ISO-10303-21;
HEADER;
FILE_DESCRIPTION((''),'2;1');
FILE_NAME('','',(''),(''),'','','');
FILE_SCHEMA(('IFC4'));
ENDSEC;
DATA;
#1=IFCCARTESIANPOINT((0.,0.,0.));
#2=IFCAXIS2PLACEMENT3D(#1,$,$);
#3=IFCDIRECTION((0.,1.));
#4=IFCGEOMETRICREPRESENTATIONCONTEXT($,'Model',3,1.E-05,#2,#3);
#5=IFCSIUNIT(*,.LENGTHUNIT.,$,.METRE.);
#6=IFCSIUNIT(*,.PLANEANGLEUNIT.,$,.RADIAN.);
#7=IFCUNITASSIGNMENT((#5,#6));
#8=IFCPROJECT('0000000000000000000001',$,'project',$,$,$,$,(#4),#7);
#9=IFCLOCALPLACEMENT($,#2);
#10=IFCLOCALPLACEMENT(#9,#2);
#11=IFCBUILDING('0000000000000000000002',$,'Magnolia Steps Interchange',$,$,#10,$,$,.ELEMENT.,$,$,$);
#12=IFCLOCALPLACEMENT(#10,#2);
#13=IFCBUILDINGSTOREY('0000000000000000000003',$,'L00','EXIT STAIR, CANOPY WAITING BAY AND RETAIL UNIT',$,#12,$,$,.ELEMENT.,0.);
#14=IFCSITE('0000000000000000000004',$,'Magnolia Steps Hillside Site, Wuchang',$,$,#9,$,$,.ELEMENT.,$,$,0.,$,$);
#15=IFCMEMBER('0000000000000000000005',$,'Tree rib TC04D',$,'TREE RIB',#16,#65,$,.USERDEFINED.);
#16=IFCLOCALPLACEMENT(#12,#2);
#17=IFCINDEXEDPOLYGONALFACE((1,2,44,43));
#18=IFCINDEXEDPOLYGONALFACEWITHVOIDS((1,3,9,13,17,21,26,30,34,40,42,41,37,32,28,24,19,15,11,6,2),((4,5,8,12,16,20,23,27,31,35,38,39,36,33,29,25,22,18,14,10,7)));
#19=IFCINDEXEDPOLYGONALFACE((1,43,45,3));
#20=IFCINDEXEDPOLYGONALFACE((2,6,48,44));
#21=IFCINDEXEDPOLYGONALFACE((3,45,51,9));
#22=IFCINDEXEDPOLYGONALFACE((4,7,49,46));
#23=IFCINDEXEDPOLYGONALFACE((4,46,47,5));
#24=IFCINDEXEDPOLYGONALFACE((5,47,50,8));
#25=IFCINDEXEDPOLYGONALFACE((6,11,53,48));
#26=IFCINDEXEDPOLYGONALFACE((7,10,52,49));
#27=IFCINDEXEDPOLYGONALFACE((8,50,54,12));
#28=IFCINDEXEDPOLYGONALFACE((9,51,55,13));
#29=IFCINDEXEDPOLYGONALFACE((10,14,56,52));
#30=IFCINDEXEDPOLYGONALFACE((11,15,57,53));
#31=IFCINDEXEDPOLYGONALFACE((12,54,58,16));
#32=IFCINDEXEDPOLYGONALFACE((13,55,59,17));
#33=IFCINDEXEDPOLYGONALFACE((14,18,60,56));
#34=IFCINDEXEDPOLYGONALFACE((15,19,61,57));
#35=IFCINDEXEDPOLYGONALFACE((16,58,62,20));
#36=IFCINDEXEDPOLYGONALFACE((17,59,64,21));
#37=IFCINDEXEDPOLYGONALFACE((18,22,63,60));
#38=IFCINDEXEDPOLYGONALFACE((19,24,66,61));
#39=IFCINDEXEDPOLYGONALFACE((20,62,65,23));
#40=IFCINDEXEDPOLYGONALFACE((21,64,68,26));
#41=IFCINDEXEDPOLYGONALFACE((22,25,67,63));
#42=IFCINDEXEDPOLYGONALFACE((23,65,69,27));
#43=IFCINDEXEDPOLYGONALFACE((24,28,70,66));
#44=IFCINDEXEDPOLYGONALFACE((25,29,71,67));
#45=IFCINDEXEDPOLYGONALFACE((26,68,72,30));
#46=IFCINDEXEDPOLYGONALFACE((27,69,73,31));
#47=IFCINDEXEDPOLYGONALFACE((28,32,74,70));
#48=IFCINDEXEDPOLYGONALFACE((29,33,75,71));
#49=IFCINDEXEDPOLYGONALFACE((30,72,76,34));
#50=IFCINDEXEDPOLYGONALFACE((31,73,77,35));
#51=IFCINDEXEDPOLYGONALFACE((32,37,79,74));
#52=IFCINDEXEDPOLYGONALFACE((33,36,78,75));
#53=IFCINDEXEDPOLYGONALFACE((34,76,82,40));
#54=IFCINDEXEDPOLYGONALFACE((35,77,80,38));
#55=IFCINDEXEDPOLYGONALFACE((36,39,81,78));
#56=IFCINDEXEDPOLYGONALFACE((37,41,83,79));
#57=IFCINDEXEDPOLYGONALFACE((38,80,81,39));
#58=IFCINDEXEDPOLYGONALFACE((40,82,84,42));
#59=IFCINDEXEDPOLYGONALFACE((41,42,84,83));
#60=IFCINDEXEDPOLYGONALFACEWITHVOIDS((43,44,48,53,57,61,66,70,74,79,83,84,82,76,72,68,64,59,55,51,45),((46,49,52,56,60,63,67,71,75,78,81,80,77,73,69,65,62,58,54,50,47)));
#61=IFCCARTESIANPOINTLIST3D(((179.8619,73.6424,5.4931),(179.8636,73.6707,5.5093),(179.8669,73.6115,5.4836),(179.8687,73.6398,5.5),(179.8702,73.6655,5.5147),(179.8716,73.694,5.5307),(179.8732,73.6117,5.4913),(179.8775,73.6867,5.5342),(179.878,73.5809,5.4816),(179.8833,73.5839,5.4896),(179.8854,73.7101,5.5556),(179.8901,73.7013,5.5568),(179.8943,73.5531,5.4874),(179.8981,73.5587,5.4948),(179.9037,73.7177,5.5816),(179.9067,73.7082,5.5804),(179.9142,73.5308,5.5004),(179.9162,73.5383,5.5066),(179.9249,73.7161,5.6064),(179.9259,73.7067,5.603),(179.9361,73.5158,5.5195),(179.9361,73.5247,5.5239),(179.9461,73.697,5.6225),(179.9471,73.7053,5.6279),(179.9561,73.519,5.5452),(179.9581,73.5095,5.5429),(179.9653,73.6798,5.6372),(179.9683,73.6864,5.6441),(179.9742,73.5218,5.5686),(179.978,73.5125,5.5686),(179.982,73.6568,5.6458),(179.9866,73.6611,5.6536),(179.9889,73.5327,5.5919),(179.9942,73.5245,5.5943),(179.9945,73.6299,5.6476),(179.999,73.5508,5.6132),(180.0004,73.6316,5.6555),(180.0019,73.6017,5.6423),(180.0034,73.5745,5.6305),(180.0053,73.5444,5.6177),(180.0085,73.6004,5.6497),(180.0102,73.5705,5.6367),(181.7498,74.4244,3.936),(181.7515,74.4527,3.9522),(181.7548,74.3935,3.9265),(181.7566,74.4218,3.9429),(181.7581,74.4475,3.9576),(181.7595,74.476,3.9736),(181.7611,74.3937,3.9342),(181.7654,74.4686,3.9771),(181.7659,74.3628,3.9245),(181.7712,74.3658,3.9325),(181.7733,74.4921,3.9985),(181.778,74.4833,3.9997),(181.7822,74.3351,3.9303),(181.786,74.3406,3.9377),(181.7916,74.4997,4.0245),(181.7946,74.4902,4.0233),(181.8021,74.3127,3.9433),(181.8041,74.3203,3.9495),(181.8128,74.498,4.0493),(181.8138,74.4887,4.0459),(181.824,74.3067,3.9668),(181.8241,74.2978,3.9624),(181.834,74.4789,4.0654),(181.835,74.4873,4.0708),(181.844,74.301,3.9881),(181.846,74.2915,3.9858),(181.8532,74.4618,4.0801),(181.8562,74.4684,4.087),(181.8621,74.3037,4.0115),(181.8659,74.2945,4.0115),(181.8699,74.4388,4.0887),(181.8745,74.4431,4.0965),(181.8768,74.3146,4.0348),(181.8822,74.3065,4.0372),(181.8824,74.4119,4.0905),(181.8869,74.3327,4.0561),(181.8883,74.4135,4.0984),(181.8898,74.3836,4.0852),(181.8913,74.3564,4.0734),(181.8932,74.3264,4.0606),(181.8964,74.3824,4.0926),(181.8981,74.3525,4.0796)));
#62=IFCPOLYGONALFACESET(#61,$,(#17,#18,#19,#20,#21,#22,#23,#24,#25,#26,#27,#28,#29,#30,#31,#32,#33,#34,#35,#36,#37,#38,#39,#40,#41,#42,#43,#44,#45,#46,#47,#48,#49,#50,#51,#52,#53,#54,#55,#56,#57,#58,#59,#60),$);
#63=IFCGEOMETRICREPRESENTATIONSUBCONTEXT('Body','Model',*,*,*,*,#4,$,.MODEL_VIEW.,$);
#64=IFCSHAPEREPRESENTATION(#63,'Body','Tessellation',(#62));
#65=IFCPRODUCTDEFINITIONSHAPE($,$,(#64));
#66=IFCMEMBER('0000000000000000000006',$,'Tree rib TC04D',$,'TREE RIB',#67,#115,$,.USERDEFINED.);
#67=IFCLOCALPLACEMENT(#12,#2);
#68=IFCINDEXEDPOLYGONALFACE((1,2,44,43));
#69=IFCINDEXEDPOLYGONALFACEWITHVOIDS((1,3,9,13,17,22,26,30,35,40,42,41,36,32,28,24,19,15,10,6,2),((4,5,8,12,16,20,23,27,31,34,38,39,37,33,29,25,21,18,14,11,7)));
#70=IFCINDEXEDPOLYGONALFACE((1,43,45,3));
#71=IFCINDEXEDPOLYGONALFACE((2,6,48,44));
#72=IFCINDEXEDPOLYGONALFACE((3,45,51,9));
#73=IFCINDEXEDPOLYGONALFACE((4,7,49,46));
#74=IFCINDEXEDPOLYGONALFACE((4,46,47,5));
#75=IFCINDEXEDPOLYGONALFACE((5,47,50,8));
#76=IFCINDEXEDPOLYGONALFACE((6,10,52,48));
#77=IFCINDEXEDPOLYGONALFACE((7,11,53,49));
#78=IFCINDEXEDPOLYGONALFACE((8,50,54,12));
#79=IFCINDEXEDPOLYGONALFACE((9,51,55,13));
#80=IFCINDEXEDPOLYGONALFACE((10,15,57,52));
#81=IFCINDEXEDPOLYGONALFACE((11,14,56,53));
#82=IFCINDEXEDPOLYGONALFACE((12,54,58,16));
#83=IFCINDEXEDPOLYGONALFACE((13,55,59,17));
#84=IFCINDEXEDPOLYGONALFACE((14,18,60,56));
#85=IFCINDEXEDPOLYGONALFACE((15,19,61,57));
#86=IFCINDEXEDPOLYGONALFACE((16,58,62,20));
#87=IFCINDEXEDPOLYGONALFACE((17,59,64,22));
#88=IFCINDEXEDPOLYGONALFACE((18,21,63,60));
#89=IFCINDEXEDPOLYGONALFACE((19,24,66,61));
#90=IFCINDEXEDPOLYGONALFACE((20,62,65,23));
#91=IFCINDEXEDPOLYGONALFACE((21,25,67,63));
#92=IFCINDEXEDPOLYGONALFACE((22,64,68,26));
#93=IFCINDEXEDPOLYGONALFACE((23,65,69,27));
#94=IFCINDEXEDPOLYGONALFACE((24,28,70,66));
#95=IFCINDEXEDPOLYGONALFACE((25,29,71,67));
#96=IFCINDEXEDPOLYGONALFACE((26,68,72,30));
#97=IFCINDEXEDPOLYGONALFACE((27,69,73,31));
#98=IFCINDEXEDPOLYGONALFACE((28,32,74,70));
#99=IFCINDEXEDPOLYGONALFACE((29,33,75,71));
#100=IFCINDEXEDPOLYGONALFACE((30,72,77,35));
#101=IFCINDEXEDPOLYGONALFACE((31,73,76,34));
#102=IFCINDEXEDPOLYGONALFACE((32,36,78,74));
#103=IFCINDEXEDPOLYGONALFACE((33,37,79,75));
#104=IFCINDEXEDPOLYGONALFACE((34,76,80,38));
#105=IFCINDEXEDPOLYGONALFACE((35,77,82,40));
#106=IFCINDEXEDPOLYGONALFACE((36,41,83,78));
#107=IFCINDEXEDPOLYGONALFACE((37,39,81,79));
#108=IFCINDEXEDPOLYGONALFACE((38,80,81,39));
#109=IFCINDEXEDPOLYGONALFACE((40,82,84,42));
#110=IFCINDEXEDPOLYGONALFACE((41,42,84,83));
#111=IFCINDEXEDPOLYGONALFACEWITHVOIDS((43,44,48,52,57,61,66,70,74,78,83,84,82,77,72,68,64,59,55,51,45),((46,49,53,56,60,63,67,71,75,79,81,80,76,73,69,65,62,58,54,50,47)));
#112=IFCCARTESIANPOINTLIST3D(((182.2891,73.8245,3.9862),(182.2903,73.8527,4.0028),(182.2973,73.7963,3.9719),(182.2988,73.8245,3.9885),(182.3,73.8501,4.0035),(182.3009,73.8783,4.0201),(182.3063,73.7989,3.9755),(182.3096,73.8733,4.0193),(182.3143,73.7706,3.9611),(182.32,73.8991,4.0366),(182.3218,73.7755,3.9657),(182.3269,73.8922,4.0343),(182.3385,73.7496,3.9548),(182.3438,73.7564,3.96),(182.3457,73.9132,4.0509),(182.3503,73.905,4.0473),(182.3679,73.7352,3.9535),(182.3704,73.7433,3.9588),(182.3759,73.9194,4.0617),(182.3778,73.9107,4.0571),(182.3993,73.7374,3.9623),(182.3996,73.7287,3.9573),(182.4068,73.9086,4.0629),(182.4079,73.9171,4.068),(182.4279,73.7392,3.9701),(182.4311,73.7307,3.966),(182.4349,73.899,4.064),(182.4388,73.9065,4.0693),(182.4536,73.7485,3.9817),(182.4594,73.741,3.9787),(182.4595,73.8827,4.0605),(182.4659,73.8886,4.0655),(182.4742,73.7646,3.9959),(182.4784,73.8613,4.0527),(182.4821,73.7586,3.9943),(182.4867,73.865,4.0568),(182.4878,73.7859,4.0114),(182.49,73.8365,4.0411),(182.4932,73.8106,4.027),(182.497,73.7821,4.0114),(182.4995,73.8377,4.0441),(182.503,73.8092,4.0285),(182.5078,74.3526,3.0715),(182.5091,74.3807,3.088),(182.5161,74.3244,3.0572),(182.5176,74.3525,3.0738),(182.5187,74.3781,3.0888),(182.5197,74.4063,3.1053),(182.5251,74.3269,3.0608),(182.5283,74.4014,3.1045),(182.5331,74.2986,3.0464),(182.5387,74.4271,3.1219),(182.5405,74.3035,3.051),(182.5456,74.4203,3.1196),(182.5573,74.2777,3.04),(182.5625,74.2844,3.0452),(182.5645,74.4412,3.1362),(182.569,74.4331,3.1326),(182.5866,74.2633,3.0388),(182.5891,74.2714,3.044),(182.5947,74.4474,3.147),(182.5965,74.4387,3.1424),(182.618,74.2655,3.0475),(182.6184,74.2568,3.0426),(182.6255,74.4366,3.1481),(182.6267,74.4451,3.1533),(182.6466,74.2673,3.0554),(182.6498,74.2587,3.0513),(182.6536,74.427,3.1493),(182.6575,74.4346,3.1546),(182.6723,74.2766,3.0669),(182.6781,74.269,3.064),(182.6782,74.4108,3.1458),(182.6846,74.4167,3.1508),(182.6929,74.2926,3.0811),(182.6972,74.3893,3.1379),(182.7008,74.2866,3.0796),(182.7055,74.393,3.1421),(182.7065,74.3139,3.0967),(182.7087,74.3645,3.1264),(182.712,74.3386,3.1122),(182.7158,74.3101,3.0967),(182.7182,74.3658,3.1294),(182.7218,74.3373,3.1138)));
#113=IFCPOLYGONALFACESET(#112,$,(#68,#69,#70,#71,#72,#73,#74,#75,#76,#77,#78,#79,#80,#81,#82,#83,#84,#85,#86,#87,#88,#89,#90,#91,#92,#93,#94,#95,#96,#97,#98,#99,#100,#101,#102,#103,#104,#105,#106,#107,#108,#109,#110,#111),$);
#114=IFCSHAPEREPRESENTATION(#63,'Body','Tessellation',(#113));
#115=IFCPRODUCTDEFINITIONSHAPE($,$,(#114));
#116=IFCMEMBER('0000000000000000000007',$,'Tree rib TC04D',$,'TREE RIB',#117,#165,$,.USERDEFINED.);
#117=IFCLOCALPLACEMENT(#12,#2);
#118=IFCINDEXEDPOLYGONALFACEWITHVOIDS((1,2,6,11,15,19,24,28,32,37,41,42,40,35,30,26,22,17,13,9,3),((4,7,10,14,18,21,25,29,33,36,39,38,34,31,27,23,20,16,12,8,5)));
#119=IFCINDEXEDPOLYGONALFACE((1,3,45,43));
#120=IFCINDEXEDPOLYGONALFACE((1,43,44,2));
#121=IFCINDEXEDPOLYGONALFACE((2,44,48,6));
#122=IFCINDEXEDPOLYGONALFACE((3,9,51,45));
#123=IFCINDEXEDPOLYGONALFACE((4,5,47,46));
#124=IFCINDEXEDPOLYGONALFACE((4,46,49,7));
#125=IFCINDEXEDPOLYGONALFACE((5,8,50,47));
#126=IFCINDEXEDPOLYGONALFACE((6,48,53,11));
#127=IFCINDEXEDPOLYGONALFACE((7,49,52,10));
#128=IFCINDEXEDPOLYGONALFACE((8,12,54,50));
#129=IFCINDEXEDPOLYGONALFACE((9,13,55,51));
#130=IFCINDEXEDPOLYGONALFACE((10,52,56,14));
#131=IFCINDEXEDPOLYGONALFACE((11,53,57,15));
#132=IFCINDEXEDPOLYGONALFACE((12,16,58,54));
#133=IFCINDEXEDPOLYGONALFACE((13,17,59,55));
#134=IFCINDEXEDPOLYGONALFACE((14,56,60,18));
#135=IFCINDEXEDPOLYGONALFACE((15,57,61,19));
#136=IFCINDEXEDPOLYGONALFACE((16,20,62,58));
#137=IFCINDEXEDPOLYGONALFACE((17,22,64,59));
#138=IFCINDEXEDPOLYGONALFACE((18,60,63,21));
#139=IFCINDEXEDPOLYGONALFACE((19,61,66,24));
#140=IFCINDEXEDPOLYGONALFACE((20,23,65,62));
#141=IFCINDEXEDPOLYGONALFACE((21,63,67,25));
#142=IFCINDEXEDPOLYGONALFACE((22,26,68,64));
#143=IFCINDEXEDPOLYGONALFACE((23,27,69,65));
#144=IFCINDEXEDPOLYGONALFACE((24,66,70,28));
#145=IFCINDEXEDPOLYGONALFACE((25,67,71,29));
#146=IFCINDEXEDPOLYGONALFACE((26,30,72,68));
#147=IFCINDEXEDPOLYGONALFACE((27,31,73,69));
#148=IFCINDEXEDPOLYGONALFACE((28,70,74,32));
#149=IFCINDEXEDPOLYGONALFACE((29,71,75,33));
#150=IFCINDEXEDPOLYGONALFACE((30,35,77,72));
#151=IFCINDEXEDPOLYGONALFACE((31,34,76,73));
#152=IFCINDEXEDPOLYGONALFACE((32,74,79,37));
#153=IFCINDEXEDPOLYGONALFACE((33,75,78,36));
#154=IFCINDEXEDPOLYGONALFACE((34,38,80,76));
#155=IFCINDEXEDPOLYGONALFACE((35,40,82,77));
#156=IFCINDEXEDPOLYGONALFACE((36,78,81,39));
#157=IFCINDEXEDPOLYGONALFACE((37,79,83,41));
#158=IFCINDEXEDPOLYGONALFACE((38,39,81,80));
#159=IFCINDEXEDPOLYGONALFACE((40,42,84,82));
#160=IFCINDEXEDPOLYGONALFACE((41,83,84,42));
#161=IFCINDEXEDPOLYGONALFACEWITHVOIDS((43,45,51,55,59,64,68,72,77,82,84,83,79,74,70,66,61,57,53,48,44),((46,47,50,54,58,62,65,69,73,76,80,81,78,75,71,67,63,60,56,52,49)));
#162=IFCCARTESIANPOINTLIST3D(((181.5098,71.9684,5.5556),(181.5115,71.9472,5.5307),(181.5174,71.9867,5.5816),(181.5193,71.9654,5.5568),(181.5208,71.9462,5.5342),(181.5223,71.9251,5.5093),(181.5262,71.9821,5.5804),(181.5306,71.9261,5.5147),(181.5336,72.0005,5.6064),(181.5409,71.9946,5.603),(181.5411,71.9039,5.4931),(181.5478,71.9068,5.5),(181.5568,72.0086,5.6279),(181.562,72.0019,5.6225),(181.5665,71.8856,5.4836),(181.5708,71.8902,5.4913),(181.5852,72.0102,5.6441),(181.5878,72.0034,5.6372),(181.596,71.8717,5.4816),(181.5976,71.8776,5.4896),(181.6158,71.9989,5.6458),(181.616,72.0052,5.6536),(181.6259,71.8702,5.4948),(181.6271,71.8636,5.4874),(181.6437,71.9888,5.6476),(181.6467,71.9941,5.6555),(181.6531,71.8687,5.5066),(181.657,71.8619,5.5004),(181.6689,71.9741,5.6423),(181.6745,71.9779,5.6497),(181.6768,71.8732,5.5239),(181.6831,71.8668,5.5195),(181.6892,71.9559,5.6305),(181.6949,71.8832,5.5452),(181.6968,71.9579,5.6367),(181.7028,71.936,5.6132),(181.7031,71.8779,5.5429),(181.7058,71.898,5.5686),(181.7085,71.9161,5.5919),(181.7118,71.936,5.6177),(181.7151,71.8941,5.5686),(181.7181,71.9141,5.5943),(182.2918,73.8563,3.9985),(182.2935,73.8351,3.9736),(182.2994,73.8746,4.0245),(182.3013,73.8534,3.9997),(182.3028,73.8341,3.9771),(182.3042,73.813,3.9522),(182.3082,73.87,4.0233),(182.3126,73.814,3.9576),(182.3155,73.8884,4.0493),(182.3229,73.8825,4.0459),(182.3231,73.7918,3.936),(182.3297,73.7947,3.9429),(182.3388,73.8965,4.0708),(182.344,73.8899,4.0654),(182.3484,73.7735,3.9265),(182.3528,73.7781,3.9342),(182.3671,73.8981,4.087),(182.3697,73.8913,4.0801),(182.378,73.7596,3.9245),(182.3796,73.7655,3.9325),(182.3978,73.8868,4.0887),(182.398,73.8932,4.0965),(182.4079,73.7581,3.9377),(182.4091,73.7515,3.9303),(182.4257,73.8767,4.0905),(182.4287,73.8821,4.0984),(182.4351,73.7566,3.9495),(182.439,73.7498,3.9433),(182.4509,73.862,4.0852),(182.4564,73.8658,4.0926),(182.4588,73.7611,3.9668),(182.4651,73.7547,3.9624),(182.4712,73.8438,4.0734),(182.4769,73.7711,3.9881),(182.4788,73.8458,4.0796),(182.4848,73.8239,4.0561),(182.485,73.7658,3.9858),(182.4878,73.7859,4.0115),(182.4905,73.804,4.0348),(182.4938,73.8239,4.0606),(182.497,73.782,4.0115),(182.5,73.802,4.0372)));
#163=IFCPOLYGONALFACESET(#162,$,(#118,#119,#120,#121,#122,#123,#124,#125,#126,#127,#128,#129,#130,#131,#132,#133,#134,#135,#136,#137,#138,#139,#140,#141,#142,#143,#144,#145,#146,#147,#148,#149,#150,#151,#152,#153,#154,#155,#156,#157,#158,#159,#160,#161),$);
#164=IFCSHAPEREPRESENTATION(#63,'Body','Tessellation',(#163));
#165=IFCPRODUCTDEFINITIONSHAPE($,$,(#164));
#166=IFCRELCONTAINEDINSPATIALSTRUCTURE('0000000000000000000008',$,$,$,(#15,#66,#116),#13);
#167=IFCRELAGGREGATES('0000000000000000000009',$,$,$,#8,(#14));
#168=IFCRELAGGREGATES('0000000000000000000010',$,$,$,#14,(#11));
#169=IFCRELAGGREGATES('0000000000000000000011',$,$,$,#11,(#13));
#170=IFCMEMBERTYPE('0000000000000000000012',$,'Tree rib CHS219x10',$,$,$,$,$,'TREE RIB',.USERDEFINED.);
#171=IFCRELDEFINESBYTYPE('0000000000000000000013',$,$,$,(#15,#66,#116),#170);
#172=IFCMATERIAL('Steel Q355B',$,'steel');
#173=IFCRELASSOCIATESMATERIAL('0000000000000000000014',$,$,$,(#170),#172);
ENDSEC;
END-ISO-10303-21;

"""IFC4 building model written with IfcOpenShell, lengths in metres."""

from ifc_helpers import new_model, si_unit, direction, frame, origin, origin_2d, place, context, subcontext, project, spatial, hollow_circle, extrude, material, material_profile, profile_set, type_object, element, save


model = new_model("IFC4")

# Units and contexts
model_context = context("Model", 3, precision=1e-05, world=origin(), true_north=direction((0.0, 1.0)))
body_context = subcontext(model_context, "Body", "Model", "MODEL_VIEW")
ifc_project = project(units=[si_unit("LENGTHUNIT", "METRE"), si_unit("PLANEANGLEUNIT", "RADIAN")], contexts=[model_context])

# Site, building, storey
site_placement = place(None, origin())
site = spatial("IfcSite", under=ifc_project, at=site_placement, Name="Magnolia Steps Hillside Site, Wuchang", CompositionType="ELEMENT", RefElevation=0.0)
building_placement = place(site_placement, origin())
building = spatial("IfcBuilding", under=site, at=building_placement, Name="Magnolia Steps Interchange", CompositionType="ELEMENT")
storey_placement = place(building_placement, origin())
storey = spatial("IfcBuildingStorey", under=building, at=storey_placement, Name="L00", Description="EXIT STAIR, CANOPY WAITING BAY AND RETAIL UNIT", CompositionType="ELEMENT", Elevation=0.0)

# Members
ifc_material_1 = material(Name="Steel Q355B", Category="steel")
ifc_material_profile_1 = material_profile(ifc_material_1, hollow_circle(Radius=0.1096, WallThickness=0.01, at=origin_2d()), Name="CHS219x10")
ifc_profile_set_1 = profile_set([ifc_material_profile_1], Name="Steel Q355B")
member_type = type_object("IfcMemberType", Name="Tree rib CHS219x10", ElementType="TREE RIB", PredefinedType="USERDEFINED", material=ifc_profile_set_1)
member_1_placement = place(storey_placement, frame((181.824, 74.3958, 4.0115), z_axis=(-0.734854, -0.304376, 0.60609), x_axis=(0.382672, -0.923884, 0.0)))
element("IfcMember", 1, at=member_1_placement, inside=storey, type_object=member_type, Name="Tree rib TC04D", ObjectType="TREE RIB", PredefinedType="USERDEFINED", context=body_context, shape_type="SweptSolid", body=[
    extrude(hollow_circle(Radius=0.1096, WallThickness=0.01, at=origin_2d()), origin(), (0.0, 0.0, 1.0), 2.5691),
])
member_2_placement = place(storey_placement, frame((182.6145, 74.3521, 3.0967), z_axis=(-0.202793, -0.489555, 0.848063), x_axis=(0.923871, -0.382704, 0.0)))
element("IfcMember", 2, at=member_2_placement, inside=storey, type_object=member_type, Name="Tree rib TC04D", ObjectType="TREE RIB", PredefinedType="USERDEFINED", context=body_context, shape_type="SweptSolid", body=[
    extrude(hollow_circle(Radius=0.1096, WallThickness=0.01, at=origin_2d()), origin(), (0.0, 0.0, 1.0), 1.0786),
])
member_3_placement = place(storey_placement, frame((182.3958, 73.824, 4.0115), z_axis=(-0.304376, -0.734854, 0.60609), x_axis=(0.923884, -0.382672, 0.0)))
element("IfcMember", 3, at=member_3_placement, inside=storey, type_object=member_type, Name="Tree rib TC04D", ObjectType="TREE RIB", PredefinedType="USERDEFINED", context=body_context, shape_type="SweptSolid", body=[
    extrude(hollow_circle(Radius=0.1096, WallThickness=0.01, at=origin_2d()), origin(), (0.0, 0.0, 1.0), 2.5691),
])

save(model, "model.ifc")
